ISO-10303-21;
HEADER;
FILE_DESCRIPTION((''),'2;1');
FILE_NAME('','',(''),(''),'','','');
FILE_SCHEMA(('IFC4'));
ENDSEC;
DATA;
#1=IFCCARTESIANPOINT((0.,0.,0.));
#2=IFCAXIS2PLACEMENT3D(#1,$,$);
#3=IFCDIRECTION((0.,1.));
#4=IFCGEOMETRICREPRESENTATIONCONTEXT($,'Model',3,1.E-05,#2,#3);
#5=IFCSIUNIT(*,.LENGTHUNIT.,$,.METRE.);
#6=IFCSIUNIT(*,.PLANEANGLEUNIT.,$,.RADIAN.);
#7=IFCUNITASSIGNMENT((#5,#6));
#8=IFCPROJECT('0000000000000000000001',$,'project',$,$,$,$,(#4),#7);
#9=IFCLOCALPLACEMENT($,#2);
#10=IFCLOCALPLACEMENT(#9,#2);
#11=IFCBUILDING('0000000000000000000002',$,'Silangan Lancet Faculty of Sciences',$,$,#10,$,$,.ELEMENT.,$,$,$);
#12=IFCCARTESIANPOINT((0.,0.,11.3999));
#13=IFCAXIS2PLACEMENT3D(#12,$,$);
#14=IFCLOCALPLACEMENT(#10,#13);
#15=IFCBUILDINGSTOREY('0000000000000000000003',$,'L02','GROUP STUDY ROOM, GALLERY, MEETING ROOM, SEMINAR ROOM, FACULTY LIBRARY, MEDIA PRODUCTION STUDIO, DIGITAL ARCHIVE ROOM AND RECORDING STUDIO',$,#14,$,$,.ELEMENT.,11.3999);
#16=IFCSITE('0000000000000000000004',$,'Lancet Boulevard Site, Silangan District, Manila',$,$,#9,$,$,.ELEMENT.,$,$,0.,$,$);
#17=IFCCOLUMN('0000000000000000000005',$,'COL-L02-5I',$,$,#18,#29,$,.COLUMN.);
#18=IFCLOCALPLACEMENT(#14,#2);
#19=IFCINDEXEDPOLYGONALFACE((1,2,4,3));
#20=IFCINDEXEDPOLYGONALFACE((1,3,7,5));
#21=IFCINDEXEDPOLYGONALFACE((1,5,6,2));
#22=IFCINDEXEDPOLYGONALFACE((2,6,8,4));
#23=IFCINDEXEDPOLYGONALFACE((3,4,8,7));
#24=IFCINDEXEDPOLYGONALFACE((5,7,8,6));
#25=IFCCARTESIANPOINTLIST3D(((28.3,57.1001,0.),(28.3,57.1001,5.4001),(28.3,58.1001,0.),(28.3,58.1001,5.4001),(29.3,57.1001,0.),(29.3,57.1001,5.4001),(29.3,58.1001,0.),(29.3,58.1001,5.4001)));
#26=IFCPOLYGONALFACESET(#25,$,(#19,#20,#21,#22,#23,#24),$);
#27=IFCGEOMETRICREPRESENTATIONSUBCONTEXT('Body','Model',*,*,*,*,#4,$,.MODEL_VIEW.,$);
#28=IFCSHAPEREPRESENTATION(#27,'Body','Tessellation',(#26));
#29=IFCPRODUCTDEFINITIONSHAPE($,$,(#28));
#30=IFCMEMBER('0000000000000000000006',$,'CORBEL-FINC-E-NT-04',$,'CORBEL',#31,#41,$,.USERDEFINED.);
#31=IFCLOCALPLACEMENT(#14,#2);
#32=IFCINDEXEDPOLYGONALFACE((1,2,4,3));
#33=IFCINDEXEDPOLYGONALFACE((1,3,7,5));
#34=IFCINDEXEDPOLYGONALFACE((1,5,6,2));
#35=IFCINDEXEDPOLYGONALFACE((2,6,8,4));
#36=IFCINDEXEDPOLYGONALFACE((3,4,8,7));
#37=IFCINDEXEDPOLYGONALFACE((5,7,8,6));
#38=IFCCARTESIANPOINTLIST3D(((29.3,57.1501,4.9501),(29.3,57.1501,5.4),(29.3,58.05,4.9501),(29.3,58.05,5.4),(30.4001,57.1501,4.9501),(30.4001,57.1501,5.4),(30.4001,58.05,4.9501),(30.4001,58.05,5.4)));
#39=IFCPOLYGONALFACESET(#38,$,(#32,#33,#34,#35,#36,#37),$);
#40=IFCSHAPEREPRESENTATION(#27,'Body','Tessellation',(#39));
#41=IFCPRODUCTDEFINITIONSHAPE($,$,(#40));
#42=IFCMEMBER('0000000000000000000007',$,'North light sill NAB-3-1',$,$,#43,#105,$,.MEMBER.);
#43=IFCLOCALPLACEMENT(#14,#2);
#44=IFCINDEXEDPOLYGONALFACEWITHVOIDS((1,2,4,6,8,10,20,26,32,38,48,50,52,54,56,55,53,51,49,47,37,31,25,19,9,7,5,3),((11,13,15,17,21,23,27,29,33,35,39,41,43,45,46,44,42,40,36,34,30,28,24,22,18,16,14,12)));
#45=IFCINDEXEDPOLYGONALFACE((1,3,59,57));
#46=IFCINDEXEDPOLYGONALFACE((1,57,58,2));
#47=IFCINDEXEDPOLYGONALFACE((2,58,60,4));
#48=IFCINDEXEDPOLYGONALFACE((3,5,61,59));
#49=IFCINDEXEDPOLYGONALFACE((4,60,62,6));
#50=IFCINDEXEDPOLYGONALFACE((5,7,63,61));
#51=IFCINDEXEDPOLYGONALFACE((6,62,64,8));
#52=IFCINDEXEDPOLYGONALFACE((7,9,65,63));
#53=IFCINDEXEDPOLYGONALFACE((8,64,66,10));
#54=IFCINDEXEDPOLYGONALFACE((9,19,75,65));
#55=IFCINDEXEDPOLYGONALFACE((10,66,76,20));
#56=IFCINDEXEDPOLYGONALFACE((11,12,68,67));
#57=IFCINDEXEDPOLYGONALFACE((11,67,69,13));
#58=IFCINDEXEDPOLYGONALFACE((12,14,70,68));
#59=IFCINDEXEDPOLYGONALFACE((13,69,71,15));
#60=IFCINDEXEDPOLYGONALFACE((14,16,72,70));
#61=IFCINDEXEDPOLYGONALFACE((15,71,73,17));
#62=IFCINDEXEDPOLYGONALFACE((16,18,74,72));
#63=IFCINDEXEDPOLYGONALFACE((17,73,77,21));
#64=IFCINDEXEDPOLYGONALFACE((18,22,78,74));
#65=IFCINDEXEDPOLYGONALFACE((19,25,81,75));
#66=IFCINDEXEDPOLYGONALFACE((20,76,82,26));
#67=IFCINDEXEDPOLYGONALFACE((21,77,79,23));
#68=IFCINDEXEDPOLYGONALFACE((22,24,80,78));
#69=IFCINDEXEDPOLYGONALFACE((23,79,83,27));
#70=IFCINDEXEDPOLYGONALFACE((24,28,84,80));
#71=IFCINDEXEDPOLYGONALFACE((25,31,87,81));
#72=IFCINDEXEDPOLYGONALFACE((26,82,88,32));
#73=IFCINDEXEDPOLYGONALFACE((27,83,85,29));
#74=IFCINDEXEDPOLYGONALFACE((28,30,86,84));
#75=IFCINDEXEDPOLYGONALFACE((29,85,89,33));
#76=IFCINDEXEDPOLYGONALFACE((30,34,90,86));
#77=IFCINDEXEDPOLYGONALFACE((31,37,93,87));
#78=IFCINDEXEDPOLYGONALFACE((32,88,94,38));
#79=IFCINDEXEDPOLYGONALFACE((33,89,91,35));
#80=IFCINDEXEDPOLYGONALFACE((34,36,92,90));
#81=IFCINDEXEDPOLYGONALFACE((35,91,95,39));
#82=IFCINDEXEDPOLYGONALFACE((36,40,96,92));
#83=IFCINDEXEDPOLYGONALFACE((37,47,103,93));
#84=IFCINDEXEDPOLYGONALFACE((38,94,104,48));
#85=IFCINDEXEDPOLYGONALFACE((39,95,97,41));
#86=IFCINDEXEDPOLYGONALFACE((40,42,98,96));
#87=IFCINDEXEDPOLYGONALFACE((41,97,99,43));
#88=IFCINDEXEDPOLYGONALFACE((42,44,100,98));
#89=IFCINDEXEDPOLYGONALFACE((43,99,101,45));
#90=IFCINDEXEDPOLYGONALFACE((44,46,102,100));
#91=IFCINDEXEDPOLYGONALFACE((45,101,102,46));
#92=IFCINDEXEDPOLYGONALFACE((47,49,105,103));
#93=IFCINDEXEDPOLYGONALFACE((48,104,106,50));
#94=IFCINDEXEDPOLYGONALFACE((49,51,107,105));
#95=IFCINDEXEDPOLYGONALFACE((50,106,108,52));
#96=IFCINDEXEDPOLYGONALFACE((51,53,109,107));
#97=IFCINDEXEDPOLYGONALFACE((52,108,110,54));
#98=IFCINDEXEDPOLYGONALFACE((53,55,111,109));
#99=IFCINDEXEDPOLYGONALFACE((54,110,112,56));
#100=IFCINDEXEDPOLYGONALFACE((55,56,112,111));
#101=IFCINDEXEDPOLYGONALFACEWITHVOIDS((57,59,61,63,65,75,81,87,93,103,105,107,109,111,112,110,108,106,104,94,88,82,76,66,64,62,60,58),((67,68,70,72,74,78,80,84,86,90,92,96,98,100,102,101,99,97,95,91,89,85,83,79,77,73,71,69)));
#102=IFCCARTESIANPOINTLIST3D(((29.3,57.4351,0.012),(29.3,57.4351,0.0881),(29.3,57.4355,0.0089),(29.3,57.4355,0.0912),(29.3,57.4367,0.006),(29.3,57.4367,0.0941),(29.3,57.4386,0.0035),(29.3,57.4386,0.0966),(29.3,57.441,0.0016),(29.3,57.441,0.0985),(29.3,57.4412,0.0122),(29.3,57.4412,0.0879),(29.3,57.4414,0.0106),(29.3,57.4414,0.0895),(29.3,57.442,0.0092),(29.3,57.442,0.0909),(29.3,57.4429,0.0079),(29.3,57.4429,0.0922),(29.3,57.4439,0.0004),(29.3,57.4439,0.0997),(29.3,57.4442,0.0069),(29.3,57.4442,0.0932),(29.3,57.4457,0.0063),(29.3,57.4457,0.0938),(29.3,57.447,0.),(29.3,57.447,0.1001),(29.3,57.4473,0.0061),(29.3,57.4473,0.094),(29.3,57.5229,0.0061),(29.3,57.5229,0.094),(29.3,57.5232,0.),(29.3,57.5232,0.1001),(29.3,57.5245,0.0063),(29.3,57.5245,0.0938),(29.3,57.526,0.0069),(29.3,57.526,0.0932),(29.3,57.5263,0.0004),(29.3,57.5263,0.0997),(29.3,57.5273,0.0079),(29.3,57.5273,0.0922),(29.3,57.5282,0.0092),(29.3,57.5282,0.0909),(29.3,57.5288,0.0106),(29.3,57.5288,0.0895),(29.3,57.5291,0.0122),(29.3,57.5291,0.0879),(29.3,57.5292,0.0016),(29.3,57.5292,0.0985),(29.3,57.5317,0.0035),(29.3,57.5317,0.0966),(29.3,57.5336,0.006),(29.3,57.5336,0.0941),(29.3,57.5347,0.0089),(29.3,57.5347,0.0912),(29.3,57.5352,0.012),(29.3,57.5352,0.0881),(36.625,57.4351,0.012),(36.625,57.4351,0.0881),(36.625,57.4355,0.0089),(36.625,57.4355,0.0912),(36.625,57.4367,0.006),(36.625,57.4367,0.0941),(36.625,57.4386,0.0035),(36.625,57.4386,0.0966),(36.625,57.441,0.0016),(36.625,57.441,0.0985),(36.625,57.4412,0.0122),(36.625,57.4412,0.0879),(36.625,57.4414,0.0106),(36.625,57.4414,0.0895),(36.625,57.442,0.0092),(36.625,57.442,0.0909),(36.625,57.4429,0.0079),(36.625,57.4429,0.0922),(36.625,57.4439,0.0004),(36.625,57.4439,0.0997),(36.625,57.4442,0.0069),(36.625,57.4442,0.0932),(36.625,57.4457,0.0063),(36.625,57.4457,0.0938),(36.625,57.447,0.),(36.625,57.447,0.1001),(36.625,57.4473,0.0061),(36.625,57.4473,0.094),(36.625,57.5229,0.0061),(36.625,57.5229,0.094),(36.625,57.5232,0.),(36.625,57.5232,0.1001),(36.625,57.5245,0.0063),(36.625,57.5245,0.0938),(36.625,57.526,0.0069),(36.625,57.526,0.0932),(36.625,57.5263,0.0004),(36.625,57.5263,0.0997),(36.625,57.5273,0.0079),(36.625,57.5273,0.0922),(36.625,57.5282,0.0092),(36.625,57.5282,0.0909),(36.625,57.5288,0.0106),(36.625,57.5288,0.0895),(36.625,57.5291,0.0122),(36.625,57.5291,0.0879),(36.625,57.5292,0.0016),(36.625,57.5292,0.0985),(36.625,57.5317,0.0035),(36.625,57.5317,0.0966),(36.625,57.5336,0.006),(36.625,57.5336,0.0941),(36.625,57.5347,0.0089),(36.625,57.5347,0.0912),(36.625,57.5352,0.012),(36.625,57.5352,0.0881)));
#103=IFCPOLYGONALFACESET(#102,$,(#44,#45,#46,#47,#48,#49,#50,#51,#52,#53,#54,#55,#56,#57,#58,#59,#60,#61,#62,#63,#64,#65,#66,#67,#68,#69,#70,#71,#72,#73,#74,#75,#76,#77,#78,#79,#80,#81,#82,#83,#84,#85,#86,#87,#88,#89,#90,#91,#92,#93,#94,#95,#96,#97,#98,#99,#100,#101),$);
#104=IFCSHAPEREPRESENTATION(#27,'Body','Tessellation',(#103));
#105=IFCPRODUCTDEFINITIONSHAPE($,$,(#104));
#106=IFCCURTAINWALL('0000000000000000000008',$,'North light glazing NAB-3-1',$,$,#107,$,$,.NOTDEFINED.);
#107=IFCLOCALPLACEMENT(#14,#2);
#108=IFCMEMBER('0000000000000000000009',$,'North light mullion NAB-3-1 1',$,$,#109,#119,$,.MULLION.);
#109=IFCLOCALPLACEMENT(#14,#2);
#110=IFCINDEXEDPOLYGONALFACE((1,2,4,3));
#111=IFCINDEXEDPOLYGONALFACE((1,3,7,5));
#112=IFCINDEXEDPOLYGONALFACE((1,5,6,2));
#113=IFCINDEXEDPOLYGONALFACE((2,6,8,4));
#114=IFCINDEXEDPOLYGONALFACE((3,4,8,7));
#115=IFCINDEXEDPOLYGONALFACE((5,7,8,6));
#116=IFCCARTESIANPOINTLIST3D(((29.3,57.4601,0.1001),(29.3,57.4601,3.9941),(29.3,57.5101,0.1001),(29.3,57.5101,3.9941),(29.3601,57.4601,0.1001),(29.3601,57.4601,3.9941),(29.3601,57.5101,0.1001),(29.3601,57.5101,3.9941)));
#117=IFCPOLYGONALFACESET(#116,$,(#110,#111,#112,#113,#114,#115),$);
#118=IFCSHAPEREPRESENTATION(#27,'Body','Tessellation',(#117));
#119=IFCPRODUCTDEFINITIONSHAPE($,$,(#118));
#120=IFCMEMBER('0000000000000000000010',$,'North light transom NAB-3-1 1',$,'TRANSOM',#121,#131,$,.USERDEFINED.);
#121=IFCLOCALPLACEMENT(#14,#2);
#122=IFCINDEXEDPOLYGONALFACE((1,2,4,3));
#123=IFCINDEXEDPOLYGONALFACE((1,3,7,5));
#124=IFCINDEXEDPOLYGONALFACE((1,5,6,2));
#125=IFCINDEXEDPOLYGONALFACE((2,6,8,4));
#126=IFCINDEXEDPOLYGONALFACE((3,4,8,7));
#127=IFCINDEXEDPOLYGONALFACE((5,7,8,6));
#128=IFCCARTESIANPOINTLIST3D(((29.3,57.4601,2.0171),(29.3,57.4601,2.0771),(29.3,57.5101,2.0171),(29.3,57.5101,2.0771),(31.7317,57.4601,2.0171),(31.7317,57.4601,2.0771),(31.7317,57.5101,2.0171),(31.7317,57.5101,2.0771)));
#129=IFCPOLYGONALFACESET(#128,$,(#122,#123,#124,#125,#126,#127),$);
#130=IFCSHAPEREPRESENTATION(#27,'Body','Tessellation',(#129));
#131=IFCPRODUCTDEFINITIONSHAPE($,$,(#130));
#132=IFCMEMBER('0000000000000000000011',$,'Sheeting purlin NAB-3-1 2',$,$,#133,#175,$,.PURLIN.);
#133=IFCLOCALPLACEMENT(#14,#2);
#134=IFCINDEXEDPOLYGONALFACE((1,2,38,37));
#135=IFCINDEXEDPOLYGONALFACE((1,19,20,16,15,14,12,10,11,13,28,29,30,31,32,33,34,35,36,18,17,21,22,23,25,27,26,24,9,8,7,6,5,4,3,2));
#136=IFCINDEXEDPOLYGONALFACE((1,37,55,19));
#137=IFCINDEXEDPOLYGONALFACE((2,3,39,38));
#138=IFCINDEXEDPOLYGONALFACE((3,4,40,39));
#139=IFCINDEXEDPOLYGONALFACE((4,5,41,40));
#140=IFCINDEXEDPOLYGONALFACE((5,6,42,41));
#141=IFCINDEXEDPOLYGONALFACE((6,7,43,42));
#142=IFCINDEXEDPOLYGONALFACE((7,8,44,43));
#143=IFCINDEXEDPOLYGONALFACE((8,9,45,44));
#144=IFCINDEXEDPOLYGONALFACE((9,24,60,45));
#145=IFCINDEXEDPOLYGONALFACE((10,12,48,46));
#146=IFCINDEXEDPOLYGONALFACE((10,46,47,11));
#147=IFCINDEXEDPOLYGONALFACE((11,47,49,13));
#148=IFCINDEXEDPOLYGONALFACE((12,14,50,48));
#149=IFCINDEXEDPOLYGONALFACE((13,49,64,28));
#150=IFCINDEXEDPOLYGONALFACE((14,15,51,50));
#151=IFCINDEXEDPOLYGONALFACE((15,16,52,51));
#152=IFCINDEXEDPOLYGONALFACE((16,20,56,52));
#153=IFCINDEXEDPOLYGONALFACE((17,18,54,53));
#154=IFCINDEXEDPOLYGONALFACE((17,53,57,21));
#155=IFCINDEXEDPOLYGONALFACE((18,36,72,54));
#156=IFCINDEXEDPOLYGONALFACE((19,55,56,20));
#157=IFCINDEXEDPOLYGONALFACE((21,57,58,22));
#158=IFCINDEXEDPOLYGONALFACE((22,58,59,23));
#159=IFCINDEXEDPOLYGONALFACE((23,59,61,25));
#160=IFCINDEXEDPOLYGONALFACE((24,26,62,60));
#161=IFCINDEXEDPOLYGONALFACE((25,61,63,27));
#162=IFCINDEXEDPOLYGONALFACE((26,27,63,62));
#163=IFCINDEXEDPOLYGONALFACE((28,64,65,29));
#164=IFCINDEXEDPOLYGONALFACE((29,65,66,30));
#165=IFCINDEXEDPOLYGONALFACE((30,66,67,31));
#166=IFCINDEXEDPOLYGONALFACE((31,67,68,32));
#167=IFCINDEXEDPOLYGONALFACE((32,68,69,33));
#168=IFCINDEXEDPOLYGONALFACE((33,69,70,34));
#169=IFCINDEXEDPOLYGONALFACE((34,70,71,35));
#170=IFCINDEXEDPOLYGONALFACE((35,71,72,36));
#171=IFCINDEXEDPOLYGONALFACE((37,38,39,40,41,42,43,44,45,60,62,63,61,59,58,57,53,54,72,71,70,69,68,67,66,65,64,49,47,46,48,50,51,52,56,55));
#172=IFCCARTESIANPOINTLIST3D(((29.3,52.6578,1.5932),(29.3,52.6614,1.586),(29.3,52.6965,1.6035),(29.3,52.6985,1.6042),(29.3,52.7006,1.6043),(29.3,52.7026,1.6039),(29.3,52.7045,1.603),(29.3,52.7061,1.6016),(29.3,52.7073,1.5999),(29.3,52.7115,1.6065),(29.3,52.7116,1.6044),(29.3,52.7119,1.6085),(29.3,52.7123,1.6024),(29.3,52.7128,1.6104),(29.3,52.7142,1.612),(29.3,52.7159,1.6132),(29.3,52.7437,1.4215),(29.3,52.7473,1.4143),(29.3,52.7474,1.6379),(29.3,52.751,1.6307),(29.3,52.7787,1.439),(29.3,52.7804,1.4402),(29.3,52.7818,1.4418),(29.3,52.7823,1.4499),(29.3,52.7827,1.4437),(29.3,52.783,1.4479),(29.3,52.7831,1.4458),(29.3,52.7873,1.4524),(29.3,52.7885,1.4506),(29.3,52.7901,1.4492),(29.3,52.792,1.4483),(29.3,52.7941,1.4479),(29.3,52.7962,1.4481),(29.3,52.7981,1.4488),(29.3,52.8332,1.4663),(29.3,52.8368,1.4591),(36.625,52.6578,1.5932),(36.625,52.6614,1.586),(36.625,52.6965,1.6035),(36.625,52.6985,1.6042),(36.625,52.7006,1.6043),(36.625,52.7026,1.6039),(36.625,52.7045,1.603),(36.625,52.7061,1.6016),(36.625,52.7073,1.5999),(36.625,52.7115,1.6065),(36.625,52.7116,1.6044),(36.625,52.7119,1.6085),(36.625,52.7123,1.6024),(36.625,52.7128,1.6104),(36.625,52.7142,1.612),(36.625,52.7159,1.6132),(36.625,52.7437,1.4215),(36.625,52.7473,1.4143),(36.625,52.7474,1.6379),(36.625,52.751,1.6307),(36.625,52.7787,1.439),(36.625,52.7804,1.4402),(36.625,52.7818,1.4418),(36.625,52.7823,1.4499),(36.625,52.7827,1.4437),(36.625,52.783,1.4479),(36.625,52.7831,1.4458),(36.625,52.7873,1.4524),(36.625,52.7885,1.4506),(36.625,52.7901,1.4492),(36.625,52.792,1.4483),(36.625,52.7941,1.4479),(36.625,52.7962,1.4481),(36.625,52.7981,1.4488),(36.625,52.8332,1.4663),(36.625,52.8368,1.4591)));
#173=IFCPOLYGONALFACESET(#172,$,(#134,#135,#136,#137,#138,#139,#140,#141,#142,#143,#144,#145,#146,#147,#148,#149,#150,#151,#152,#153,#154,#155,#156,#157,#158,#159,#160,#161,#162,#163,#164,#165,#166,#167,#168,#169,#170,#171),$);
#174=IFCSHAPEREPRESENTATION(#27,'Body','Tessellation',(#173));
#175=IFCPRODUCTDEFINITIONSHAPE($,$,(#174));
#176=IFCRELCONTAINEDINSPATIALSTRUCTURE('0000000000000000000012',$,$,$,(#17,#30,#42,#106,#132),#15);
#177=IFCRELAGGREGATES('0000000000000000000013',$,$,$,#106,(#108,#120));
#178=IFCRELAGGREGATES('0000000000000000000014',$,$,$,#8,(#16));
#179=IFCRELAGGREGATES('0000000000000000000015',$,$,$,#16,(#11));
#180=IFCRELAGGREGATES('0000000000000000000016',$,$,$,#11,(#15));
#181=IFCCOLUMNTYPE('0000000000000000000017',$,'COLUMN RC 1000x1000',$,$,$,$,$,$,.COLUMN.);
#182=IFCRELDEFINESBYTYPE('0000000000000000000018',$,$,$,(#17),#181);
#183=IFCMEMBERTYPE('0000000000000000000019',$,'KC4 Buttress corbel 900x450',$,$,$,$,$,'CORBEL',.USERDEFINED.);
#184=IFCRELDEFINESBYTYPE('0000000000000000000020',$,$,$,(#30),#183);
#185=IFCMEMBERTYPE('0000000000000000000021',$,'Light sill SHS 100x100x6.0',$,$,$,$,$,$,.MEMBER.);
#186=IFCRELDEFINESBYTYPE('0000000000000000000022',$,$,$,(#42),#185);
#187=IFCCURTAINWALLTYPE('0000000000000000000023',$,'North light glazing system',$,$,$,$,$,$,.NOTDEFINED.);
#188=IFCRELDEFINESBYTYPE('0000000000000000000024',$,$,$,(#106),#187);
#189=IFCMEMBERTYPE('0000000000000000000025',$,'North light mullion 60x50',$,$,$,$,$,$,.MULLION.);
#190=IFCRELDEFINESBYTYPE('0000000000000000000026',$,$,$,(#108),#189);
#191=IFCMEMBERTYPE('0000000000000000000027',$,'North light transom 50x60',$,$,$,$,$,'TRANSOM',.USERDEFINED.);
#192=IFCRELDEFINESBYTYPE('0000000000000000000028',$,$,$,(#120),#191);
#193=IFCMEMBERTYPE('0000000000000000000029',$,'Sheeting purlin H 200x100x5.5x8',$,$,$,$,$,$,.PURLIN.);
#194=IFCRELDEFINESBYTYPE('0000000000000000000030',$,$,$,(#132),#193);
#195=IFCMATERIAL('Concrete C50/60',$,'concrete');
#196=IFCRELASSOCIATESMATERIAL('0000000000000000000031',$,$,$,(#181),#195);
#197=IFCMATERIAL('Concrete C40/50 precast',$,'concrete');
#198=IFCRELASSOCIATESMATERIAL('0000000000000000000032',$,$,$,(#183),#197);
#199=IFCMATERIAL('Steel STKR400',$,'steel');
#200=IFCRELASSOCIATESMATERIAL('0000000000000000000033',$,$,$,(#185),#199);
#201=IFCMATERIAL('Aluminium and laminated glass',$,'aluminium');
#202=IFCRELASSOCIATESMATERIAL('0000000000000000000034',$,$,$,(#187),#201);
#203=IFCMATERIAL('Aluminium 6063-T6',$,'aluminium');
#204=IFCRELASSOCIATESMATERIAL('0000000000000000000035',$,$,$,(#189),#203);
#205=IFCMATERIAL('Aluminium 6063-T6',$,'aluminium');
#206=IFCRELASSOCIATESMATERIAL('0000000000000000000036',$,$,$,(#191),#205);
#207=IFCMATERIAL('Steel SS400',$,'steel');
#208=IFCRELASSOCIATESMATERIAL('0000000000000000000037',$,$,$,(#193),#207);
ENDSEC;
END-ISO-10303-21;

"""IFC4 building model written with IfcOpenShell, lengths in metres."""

from ifc_helpers import new_model, si_unit, direction, frame, origin, origin_2d, place, context, subcontext, project, spatial, rectangle, hollow_rectangle, i_section, extrude, material, material_profile, profile_set, type_object, element, aggregate, save


model = new_model("IFC4")

# Units and contexts
model_context = context("Model", 3, precision=1e-05, world=origin(), true_north=direction((0.0, 1.0)))
body_context = subcontext(model_context, "Body", "Model", "MODEL_VIEW")
ifc_project = project(units=[si_unit("LENGTHUNIT", "METRE"), si_unit("PLANEANGLEUNIT", "RADIAN")], contexts=[model_context])

# Site, building, storey
site_placement = place(None, origin())
site = spatial("IfcSite", under=ifc_project, at=site_placement, Name="Lancet Boulevard Site, Silangan District, Manila", CompositionType="ELEMENT", RefElevation=0.0)
building_placement = place(site_placement, origin())
building = spatial("IfcBuilding", under=site, at=building_placement, Name="Silangan Lancet Faculty of Sciences", CompositionType="ELEMENT")
storey_placement = place(building_placement, frame((0.0, 0.0, 11.3999)))
storey = spatial("IfcBuildingStorey", under=building, at=storey_placement, Name="L02", Description="GROUP STUDY ROOM, GALLERY, MEETING ROOM, SEMINAR ROOM, FACULTY LIBRARY, MEDIA PRODUCTION STUDIO, DIGITAL ARCHIVE ROOM AND RECORDING STUDIO", CompositionType="ELEMENT", Elevation=11.3999)

# Column
ifc_material_1 = material(Name="Concrete C50/60", Category="concrete")
ifc_material_profile_1 = material_profile(ifc_material_1, rectangle(XDim=1.0, YDim=1.0, at=origin_2d()), Name="RC 1000x1000")
ifc_profile_set_1 = profile_set([ifc_material_profile_1], Name="Concrete C50/60")
column_type = type_object("IfcColumnType", Name="COLUMN RC 1000x1000", PredefinedType="COLUMN", material=ifc_profile_set_1)
column_placement = place(storey_placement, frame((28.8, 57.6001, 0.0), z_axis=(0.0, 0.0, 1.0), x_axis=(1.0, 0.0, 0.0)))
element("IfcColumn", 1, at=column_placement, inside=storey, type_object=column_type, Name="COL-L02-5I", PredefinedType="COLUMN", context=body_context, shape_type="SweptSolid", body=[
    extrude(rectangle(XDim=1.0, YDim=1.0, at=origin_2d()), origin(), (0.0, 0.0, 1.0), 5.4001),
])

# Members
ifc_material_2 = material(Name="Concrete C40/50 precast", Category="concrete")
ifc_material_profile_2 = material_profile(ifc_material_2, rectangle(XDim=0.8999, YDim=0.45, at=origin_2d()), Name="RC 900x450")
ifc_profile_set_2 = profile_set([ifc_material_profile_2], Name="Concrete C40/50 precast")
member_type_1 = type_object("IfcMemberType", Name="KC4 Buttress corbel 900x450", ElementType="CORBEL", PredefinedType="USERDEFINED", material=ifc_profile_set_2)
member_1_placement = place(storey_placement, frame((29.3, 57.6001, 5.175), z_axis=(1.0, 0.0, 0.0), x_axis=(0.0, 1.0, 0.0)))
element("IfcMember", 2, at=member_1_placement, inside=storey, type_object=member_type_1, Name="CORBEL-FINC-E-NT-04", ObjectType="CORBEL", PredefinedType="USERDEFINED", context=body_context, shape_type="SweptSolid", body=[
    extrude(rectangle(XDim=0.8999, YDim=0.45, at=origin_2d()), origin(), (0.0, 0.0, 1.0), 1.1001),
])
ifc_material_3 = material(Name="Steel STKR400", Category="steel")
ifc_material_profile_3 = material_profile(ifc_material_3, hollow_rectangle(XDim=0.1001, YDim=0.1001, WallThickness=0.0061, InnerFilletRadius=0.0061, OuterFilletRadius=0.012, at=origin_2d()), Name="SHS 100x100x6.0")
ifc_profile_set_3 = profile_set([ifc_material_profile_3], Name="Steel STKR400")
member_type_2 = type_object("IfcMemberType", Name="Light sill SHS 100x100x6.0", PredefinedType="MEMBER", material=ifc_profile_set_3)
member_2_placement = place(storey_placement, frame((29.3, 57.4851, 0.05), z_axis=(1.0, 0.0, 0.0), x_axis=(0.0, 1.0, 0.0)))
element("IfcMember", 3, at=member_2_placement, inside=storey, type_object=member_type_2, Name="North light sill NAB-3-1", PredefinedType="MEMBER", context=body_context, shape_type="SweptSolid", body=[
    extrude(hollow_rectangle(XDim=0.1001, YDim=0.1001, WallThickness=0.0061, InnerFilletRadius=0.0061, OuterFilletRadius=0.012, at=origin_2d()), origin(), (0.0, 0.0, 1.0), 7.325),
])

# Curtain wall, members
ifc_material_4 = material(Name="Aluminium and laminated glass", Category="aluminium")
curtain_wall_type = type_object("IfcCurtainWallType", Name="North light glazing system", PredefinedType="NOTDEFINED", material=ifc_material_4)
curtain_wall_placement = place(storey_placement, origin())
curtain_wall = element("IfcCurtainWall", 4, at=curtain_wall_placement, inside=storey, type_object=curtain_wall_type, Name="North light glazing NAB-3-1", PredefinedType="NOTDEFINED")
ifc_material_5 = material(Name="Aluminium 6063-T6", Category="aluminium")
ifc_material_profile_4 = material_profile(ifc_material_5, rectangle(XDim=0.0601, YDim=0.05, at=origin_2d()), Name="AL 60x50")
ifc_profile_set_4 = profile_set([ifc_material_profile_4], Name="Aluminium 6063-T6")
member_type_3 = type_object("IfcMemberType", Name="North light mullion 60x50", PredefinedType="MULLION", material=ifc_profile_set_4)
member_3_placement = place(storey_placement, frame((29.3301, 57.4851, 0.1001), z_axis=(0.0, 0.0, 1.0), x_axis=(1.0, 0.0, 0.0)))
member_3 = element("IfcMember", 5, at=member_3_placement, type_object=member_type_3, Name="North light mullion NAB-3-1 1", PredefinedType="MULLION", context=body_context, shape_type="SweptSolid", body=[
    extrude(rectangle(XDim=0.0601, YDim=0.05, at=origin_2d()), origin(), (0.0, 0.0, 1.0), 3.894),
])
ifc_material_6 = material(Name="Aluminium 6063-T6", Category="aluminium")
ifc_material_profile_5 = material_profile(ifc_material_6, rectangle(XDim=0.05, YDim=0.0601, at=origin_2d()), Name="AL 50x60")
ifc_profile_set_5 = profile_set([ifc_material_profile_5], Name="Aluminium 6063-T6")
member_type_4 = type_object("IfcMemberType", Name="North light transom 50x60", ElementType="TRANSOM", PredefinedType="USERDEFINED", material=ifc_profile_set_5)
member_4_placement = place(storey_placement, frame((29.3, 57.4851, 2.0471), z_axis=(1.0, 0.0, 0.0), x_axis=(0.0, 1.0, 0.0)))
member_4 = element("IfcMember", 6, at=member_4_placement, type_object=member_type_4, Name="North light transom NAB-3-1 1", ObjectType="TRANSOM", PredefinedType="USERDEFINED", context=body_context, shape_type="SweptSolid", body=[
    extrude(rectangle(XDim=0.05, YDim=0.0601, at=origin_2d()), origin(), (0.0, 0.0, 1.0), 2.4316),
])

# Member
ifc_material_7 = material(Name="Steel SS400", Category="steel")
ifc_material_profile_6 = material_profile(ifc_material_7, i_section(OverallWidth=0.1001, OverallDepth=0.2, WebThickness=0.0056, FlangeThickness=0.0081, FilletRadius=0.0081, at=origin_2d()), Name="H 200x100x5.5x8")
ifc_profile_set_6 = profile_set([ifc_material_profile_6], Name="Steel SS400")
member_type_5 = type_object("IfcMemberType", Name="Sheeting purlin H 200x100x5.5x8", PredefinedType="PURLIN", material=ifc_profile_set_6)
for number, where, z_axis, x_axis, name in (
    (7, (29.3, 52.7473, 1.5261), (1.0, 0.0, 0.0), (0.0, 0.894427, 0.447214), "Sheeting purlin NAB-3-1 2"),
):
    element("IfcMember", number, at=place(storey_placement, frame(where, z_axis=z_axis, x_axis=x_axis)), inside=storey, type_object=member_type_5, Name=name, PredefinedType="PURLIN", context=body_context, shape_type="SweptSolid", body=[
        extrude(i_section(OverallWidth=0.1001, OverallDepth=0.2, WebThickness=0.0056, FlangeThickness=0.0081, FilletRadius=0.0081, at=origin_2d()), origin(), (0.0, 0.0, 1.0), 7.325),
    ])

aggregate(curtain_wall, [member_3, member_4])

save(model, "model.ifc")
